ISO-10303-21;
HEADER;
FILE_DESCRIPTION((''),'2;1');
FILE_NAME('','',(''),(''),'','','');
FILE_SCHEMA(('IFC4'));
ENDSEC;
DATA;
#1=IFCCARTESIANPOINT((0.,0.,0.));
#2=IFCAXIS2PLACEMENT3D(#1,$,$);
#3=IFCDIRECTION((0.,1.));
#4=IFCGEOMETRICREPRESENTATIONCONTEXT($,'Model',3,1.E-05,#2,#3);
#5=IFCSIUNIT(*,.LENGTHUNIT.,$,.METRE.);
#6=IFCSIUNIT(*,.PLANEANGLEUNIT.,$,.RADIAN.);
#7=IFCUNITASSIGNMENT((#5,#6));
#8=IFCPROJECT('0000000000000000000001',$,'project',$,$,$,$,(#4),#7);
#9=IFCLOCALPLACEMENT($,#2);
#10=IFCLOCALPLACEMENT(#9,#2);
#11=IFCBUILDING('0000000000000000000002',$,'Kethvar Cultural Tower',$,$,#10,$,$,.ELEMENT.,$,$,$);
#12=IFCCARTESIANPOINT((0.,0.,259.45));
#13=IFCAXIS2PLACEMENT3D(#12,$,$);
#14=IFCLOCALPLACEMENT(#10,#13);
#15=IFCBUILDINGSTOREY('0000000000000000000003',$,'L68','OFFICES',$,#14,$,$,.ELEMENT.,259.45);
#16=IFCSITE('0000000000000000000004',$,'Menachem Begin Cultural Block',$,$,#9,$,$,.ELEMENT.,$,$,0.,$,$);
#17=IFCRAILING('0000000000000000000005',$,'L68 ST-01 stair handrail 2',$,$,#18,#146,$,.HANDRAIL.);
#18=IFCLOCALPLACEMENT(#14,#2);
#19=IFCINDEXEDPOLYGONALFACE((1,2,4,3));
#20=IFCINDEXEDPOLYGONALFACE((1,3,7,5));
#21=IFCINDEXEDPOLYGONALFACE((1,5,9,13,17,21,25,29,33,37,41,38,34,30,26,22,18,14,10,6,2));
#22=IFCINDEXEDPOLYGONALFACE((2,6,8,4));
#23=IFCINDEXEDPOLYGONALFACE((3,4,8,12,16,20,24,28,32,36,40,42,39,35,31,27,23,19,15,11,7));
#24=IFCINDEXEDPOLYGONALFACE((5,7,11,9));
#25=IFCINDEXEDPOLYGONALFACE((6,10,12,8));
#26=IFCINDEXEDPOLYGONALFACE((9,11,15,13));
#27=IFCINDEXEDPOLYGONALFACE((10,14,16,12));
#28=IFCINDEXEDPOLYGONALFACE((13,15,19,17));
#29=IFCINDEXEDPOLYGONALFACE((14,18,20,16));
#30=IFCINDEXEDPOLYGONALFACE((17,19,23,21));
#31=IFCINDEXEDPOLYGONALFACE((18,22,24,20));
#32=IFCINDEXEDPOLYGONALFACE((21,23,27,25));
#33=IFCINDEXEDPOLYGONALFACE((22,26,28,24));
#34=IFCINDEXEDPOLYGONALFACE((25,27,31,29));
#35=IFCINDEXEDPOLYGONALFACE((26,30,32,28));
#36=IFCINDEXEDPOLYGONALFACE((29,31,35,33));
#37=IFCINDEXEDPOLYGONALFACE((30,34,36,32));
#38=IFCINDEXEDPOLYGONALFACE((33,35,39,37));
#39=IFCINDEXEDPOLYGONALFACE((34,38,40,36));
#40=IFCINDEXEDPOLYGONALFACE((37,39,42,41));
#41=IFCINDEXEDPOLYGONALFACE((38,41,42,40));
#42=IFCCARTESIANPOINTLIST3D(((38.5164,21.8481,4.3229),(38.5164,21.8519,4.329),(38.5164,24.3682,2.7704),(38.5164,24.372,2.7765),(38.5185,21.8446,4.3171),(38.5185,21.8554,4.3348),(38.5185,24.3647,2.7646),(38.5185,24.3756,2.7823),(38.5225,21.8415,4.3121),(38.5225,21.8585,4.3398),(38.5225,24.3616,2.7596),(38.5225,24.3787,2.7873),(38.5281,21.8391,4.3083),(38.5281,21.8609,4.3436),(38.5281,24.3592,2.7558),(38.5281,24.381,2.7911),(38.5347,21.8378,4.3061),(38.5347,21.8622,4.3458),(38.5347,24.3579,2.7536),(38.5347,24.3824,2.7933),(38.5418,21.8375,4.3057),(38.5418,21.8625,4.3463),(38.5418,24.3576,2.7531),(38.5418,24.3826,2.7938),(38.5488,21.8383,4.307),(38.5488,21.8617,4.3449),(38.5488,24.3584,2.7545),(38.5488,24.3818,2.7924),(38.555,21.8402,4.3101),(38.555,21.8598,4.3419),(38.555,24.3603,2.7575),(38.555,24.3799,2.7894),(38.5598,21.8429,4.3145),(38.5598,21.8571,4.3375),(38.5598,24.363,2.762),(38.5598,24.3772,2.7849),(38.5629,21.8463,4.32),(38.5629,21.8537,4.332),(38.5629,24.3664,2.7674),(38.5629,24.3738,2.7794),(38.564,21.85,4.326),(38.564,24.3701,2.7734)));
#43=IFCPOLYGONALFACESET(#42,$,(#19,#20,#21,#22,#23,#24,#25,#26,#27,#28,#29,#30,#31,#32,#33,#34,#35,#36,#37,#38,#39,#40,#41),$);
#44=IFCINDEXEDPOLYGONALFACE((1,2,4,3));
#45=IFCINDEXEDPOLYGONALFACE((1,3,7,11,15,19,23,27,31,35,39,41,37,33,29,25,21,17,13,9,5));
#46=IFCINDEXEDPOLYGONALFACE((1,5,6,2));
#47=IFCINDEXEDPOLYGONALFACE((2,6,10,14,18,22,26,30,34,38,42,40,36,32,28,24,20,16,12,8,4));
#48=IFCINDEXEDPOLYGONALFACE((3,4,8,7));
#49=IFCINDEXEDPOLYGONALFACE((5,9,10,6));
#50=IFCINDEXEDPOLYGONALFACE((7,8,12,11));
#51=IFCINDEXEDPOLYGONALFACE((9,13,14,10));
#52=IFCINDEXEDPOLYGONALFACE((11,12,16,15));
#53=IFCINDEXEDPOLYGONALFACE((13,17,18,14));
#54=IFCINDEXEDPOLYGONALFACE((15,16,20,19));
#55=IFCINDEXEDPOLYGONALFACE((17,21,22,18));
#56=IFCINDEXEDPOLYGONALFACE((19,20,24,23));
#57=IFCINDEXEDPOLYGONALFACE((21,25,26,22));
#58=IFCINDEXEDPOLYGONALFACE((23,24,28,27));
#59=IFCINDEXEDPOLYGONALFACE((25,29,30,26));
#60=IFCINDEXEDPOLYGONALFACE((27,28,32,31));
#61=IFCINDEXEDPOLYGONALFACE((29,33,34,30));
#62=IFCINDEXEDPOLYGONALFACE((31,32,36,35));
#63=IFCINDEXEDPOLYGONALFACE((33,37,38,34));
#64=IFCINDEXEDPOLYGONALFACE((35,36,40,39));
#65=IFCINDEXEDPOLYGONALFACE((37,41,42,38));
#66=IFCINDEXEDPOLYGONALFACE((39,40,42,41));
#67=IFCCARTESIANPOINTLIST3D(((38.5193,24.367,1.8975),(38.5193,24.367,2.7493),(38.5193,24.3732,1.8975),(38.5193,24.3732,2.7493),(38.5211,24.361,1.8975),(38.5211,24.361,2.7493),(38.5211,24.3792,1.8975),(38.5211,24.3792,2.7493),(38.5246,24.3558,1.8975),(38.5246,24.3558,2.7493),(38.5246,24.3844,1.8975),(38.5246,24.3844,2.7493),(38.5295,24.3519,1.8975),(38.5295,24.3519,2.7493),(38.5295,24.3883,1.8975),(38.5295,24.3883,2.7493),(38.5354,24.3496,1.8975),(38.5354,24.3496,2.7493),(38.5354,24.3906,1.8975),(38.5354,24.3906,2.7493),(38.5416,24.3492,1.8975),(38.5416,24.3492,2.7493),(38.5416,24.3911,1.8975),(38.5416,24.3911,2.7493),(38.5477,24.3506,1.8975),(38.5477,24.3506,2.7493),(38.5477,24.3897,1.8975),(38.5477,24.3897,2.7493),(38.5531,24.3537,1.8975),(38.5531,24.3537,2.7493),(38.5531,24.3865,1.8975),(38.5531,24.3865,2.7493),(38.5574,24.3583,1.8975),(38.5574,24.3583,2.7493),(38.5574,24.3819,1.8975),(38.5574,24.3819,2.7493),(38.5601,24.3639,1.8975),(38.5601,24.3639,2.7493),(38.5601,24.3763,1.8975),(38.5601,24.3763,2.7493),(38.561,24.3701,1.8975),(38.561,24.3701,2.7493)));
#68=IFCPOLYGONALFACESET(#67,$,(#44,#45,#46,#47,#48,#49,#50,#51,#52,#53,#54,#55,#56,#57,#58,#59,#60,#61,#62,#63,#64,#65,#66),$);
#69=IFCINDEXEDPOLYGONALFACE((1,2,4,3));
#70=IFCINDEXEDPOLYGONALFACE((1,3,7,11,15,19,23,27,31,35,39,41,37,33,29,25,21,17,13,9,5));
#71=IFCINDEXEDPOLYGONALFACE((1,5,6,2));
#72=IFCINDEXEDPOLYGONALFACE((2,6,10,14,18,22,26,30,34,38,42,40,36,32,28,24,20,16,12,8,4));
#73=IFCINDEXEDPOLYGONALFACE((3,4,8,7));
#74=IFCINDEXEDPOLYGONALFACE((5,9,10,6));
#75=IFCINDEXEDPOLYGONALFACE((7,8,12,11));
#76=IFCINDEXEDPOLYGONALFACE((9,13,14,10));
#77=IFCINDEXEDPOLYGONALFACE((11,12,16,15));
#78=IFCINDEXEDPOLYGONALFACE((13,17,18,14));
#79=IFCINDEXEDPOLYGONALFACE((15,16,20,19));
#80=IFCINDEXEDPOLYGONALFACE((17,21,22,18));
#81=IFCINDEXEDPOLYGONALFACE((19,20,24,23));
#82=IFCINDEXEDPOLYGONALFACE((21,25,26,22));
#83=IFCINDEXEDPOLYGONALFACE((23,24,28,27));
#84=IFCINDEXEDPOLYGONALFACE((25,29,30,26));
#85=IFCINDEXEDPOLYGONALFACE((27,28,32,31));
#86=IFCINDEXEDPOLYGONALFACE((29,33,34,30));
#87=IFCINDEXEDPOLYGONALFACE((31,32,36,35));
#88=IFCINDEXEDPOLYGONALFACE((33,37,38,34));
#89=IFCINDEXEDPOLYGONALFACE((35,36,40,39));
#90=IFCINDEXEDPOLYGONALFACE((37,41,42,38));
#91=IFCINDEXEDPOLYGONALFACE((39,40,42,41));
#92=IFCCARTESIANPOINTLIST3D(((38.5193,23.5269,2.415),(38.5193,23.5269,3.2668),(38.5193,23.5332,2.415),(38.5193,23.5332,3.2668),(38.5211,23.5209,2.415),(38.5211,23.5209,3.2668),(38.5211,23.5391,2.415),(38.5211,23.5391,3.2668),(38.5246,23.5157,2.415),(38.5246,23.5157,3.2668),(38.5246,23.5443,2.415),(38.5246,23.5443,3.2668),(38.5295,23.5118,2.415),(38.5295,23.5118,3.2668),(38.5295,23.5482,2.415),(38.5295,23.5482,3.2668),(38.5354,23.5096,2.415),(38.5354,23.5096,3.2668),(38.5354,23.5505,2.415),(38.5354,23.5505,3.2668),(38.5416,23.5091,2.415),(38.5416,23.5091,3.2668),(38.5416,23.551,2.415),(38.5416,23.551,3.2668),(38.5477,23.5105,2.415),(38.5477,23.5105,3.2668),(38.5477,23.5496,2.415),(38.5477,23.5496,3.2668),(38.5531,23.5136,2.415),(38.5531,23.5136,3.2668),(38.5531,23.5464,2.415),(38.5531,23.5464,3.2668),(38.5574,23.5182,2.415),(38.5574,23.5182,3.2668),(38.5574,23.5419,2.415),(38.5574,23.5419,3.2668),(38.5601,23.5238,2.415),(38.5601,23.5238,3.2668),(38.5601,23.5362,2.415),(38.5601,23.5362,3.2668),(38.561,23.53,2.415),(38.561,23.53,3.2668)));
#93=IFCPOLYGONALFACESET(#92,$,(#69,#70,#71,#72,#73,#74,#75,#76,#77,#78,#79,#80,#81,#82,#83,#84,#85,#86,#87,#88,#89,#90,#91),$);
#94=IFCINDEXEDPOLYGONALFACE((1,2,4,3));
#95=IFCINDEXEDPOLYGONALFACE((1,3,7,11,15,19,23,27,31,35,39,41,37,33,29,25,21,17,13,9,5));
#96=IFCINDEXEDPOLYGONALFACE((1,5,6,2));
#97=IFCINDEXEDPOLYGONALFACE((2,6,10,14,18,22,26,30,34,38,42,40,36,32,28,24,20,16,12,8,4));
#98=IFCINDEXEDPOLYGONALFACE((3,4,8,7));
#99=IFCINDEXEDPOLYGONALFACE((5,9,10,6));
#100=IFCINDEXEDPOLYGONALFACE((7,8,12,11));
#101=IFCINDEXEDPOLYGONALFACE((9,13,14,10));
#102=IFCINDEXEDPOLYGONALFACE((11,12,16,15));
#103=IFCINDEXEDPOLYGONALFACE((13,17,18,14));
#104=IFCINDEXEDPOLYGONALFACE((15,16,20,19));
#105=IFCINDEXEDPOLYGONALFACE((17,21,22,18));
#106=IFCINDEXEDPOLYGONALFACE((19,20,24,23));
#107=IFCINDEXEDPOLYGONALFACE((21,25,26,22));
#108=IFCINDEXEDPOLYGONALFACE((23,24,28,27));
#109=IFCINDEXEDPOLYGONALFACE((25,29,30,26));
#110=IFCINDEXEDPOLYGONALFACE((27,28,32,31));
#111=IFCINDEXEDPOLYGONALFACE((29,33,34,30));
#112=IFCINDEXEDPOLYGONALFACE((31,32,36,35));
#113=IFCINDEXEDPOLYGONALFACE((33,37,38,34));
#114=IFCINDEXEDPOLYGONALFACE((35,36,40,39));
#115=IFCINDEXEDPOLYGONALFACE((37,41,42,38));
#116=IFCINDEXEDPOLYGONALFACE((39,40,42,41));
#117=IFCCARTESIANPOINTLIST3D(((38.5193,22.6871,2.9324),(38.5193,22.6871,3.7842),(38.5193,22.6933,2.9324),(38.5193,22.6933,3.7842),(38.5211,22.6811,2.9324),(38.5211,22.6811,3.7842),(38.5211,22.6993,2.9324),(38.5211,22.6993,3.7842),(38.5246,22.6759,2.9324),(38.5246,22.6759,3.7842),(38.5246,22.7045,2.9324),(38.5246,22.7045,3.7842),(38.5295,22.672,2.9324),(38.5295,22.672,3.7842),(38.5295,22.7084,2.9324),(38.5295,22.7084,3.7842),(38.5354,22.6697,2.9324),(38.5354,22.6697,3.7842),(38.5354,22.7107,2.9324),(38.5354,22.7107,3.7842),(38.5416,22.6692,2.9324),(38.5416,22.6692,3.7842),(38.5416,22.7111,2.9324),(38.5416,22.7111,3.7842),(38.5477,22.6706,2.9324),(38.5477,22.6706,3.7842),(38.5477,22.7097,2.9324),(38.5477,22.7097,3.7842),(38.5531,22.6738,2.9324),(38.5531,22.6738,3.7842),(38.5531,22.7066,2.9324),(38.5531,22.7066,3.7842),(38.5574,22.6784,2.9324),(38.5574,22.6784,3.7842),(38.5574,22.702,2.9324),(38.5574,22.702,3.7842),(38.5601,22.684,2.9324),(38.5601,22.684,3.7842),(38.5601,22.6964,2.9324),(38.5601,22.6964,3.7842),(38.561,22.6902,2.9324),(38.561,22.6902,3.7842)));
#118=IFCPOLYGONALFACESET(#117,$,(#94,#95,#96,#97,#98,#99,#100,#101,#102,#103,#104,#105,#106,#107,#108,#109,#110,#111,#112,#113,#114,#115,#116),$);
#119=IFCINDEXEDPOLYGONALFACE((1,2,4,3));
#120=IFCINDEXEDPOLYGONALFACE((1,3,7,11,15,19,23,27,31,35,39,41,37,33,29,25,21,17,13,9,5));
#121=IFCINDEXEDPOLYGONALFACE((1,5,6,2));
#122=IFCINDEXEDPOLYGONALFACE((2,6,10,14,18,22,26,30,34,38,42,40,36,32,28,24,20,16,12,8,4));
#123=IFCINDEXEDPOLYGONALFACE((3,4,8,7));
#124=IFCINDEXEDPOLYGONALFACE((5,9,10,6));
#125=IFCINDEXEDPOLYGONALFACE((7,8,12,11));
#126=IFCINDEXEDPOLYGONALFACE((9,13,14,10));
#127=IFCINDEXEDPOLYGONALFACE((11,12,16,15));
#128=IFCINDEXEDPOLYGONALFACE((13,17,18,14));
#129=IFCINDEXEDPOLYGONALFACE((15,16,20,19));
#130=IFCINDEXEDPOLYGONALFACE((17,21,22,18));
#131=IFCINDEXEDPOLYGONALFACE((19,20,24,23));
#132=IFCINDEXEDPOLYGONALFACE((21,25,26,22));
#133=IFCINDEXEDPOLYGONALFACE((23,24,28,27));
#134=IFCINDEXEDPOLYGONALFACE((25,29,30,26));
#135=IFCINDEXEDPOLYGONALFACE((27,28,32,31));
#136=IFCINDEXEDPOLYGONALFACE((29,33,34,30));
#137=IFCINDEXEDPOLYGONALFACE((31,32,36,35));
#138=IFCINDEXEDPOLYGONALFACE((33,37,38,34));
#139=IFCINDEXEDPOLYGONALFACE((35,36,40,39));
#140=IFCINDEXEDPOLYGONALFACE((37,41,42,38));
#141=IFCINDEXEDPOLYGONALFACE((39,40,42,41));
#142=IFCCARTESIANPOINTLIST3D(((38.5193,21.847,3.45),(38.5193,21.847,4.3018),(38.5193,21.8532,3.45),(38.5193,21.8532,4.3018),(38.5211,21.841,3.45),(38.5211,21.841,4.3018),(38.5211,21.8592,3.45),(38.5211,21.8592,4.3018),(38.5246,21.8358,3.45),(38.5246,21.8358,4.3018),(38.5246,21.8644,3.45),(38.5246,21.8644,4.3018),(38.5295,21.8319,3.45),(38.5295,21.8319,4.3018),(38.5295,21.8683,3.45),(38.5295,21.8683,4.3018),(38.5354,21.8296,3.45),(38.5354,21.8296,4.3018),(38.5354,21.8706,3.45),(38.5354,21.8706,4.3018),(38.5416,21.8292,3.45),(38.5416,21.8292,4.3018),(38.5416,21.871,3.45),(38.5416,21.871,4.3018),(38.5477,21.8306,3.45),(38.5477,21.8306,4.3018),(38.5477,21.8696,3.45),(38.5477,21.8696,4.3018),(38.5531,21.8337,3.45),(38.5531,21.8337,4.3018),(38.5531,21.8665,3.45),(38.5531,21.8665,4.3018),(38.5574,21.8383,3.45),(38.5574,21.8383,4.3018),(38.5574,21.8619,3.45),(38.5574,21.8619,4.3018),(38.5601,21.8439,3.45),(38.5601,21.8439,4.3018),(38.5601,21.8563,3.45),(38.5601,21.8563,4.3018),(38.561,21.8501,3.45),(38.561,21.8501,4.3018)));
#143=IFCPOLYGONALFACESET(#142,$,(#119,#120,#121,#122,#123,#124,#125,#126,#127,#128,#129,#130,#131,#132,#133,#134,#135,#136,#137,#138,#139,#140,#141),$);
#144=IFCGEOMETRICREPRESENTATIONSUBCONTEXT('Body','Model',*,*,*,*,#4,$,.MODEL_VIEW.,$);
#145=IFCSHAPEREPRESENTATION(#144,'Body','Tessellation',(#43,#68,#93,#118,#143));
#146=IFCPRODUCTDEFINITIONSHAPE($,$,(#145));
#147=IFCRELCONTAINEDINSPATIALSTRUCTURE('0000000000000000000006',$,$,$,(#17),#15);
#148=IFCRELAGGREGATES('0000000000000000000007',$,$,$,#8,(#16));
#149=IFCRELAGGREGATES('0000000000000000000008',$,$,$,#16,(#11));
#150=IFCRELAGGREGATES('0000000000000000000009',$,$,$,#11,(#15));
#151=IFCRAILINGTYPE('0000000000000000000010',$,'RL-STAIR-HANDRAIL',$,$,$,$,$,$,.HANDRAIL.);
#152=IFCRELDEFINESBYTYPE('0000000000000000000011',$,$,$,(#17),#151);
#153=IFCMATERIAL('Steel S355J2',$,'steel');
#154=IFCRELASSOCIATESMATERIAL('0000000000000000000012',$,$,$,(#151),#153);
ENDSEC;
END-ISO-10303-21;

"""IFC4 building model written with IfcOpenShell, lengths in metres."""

from ifc_helpers import new_model, si_unit, direction, frame, origin, origin_2d, place, context, subcontext, project, spatial, circle, extrude, material, type_object, element, save


model = new_model("IFC4")

# Units and contexts
model_context = context("Model", 3, precision=1e-05, world=origin(), true_north=direction((0.0, 1.0)))
body_context = subcontext(model_context, "Body", "Model", "MODEL_VIEW")
ifc_project = project(units=[si_unit("LENGTHUNIT", "METRE"), si_unit("PLANEANGLEUNIT", "RADIAN")], contexts=[model_context])

# Site, building, storey
site_placement = place(None, origin())
site = spatial("IfcSite", under=ifc_project, at=site_placement, Name="Menachem Begin Cultural Block", CompositionType="ELEMENT", RefElevation=0.0)
building_placement = place(site_placement, origin())
building = spatial("IfcBuilding", under=site, at=building_placement, Name="Kethvar Cultural Tower", CompositionType="ELEMENT")
storey_placement = place(building_placement, frame((0.0, 0.0, 259.45)))
storey = spatial("IfcBuildingStorey", under=building, at=storey_placement, Name="L68", Description="OFFICES", CompositionType="ELEMENT", Elevation=259.45)

# Shared definitions
ifc_material_1 = material(Name="Steel S355J2", Category="steel")

# Railing
railing_type_1 = type_object("IfcRailingType", Name="RL-STAIR-HANDRAIL", PredefinedType="HANDRAIL", material=ifc_material_1)
railing_1_placement = place(storey_placement, frame((38.54, 24.3701, 1.8975)))
element("IfcRailing", 1, at=railing_1_placement, inside=storey, type_object=railing_type_1, Name="L68 ST-01 stair handrail 2", PredefinedType="HANDRAIL", context=body_context, shape_type="SweptSolid", body=[
    extrude(circle(Radius=0.0239, at=origin_2d()), frame((0.0, 0.0, 0.876), z_axis=(0.0, -0.8514, 0.524516), x_axis=(1.0, 0.0, 0.0)), (0.0, 0.0, 1.0), 2.96),
    extrude(circle(Radius=0.021, at=origin_2d()), origin(), (0.0, 0.0, 1.0), 0.8518),
    extrude(circle(Radius=0.021, at=origin_2d()), frame((0.0, -0.8401, 0.5176)), (0.0, 0.0, 1.0), 0.8518),
    extrude(circle(Radius=0.021, at=origin_2d()), frame((0.0, -1.6799, 1.0349)), (0.0, 0.0, 1.0), 0.8518),
    extrude(circle(Radius=0.021, at=origin_2d()), frame((0.0, -2.52, 1.5525)), (0.0, 0.0, 1.0), 0.8518),
])

save(model, "model.ifc")
